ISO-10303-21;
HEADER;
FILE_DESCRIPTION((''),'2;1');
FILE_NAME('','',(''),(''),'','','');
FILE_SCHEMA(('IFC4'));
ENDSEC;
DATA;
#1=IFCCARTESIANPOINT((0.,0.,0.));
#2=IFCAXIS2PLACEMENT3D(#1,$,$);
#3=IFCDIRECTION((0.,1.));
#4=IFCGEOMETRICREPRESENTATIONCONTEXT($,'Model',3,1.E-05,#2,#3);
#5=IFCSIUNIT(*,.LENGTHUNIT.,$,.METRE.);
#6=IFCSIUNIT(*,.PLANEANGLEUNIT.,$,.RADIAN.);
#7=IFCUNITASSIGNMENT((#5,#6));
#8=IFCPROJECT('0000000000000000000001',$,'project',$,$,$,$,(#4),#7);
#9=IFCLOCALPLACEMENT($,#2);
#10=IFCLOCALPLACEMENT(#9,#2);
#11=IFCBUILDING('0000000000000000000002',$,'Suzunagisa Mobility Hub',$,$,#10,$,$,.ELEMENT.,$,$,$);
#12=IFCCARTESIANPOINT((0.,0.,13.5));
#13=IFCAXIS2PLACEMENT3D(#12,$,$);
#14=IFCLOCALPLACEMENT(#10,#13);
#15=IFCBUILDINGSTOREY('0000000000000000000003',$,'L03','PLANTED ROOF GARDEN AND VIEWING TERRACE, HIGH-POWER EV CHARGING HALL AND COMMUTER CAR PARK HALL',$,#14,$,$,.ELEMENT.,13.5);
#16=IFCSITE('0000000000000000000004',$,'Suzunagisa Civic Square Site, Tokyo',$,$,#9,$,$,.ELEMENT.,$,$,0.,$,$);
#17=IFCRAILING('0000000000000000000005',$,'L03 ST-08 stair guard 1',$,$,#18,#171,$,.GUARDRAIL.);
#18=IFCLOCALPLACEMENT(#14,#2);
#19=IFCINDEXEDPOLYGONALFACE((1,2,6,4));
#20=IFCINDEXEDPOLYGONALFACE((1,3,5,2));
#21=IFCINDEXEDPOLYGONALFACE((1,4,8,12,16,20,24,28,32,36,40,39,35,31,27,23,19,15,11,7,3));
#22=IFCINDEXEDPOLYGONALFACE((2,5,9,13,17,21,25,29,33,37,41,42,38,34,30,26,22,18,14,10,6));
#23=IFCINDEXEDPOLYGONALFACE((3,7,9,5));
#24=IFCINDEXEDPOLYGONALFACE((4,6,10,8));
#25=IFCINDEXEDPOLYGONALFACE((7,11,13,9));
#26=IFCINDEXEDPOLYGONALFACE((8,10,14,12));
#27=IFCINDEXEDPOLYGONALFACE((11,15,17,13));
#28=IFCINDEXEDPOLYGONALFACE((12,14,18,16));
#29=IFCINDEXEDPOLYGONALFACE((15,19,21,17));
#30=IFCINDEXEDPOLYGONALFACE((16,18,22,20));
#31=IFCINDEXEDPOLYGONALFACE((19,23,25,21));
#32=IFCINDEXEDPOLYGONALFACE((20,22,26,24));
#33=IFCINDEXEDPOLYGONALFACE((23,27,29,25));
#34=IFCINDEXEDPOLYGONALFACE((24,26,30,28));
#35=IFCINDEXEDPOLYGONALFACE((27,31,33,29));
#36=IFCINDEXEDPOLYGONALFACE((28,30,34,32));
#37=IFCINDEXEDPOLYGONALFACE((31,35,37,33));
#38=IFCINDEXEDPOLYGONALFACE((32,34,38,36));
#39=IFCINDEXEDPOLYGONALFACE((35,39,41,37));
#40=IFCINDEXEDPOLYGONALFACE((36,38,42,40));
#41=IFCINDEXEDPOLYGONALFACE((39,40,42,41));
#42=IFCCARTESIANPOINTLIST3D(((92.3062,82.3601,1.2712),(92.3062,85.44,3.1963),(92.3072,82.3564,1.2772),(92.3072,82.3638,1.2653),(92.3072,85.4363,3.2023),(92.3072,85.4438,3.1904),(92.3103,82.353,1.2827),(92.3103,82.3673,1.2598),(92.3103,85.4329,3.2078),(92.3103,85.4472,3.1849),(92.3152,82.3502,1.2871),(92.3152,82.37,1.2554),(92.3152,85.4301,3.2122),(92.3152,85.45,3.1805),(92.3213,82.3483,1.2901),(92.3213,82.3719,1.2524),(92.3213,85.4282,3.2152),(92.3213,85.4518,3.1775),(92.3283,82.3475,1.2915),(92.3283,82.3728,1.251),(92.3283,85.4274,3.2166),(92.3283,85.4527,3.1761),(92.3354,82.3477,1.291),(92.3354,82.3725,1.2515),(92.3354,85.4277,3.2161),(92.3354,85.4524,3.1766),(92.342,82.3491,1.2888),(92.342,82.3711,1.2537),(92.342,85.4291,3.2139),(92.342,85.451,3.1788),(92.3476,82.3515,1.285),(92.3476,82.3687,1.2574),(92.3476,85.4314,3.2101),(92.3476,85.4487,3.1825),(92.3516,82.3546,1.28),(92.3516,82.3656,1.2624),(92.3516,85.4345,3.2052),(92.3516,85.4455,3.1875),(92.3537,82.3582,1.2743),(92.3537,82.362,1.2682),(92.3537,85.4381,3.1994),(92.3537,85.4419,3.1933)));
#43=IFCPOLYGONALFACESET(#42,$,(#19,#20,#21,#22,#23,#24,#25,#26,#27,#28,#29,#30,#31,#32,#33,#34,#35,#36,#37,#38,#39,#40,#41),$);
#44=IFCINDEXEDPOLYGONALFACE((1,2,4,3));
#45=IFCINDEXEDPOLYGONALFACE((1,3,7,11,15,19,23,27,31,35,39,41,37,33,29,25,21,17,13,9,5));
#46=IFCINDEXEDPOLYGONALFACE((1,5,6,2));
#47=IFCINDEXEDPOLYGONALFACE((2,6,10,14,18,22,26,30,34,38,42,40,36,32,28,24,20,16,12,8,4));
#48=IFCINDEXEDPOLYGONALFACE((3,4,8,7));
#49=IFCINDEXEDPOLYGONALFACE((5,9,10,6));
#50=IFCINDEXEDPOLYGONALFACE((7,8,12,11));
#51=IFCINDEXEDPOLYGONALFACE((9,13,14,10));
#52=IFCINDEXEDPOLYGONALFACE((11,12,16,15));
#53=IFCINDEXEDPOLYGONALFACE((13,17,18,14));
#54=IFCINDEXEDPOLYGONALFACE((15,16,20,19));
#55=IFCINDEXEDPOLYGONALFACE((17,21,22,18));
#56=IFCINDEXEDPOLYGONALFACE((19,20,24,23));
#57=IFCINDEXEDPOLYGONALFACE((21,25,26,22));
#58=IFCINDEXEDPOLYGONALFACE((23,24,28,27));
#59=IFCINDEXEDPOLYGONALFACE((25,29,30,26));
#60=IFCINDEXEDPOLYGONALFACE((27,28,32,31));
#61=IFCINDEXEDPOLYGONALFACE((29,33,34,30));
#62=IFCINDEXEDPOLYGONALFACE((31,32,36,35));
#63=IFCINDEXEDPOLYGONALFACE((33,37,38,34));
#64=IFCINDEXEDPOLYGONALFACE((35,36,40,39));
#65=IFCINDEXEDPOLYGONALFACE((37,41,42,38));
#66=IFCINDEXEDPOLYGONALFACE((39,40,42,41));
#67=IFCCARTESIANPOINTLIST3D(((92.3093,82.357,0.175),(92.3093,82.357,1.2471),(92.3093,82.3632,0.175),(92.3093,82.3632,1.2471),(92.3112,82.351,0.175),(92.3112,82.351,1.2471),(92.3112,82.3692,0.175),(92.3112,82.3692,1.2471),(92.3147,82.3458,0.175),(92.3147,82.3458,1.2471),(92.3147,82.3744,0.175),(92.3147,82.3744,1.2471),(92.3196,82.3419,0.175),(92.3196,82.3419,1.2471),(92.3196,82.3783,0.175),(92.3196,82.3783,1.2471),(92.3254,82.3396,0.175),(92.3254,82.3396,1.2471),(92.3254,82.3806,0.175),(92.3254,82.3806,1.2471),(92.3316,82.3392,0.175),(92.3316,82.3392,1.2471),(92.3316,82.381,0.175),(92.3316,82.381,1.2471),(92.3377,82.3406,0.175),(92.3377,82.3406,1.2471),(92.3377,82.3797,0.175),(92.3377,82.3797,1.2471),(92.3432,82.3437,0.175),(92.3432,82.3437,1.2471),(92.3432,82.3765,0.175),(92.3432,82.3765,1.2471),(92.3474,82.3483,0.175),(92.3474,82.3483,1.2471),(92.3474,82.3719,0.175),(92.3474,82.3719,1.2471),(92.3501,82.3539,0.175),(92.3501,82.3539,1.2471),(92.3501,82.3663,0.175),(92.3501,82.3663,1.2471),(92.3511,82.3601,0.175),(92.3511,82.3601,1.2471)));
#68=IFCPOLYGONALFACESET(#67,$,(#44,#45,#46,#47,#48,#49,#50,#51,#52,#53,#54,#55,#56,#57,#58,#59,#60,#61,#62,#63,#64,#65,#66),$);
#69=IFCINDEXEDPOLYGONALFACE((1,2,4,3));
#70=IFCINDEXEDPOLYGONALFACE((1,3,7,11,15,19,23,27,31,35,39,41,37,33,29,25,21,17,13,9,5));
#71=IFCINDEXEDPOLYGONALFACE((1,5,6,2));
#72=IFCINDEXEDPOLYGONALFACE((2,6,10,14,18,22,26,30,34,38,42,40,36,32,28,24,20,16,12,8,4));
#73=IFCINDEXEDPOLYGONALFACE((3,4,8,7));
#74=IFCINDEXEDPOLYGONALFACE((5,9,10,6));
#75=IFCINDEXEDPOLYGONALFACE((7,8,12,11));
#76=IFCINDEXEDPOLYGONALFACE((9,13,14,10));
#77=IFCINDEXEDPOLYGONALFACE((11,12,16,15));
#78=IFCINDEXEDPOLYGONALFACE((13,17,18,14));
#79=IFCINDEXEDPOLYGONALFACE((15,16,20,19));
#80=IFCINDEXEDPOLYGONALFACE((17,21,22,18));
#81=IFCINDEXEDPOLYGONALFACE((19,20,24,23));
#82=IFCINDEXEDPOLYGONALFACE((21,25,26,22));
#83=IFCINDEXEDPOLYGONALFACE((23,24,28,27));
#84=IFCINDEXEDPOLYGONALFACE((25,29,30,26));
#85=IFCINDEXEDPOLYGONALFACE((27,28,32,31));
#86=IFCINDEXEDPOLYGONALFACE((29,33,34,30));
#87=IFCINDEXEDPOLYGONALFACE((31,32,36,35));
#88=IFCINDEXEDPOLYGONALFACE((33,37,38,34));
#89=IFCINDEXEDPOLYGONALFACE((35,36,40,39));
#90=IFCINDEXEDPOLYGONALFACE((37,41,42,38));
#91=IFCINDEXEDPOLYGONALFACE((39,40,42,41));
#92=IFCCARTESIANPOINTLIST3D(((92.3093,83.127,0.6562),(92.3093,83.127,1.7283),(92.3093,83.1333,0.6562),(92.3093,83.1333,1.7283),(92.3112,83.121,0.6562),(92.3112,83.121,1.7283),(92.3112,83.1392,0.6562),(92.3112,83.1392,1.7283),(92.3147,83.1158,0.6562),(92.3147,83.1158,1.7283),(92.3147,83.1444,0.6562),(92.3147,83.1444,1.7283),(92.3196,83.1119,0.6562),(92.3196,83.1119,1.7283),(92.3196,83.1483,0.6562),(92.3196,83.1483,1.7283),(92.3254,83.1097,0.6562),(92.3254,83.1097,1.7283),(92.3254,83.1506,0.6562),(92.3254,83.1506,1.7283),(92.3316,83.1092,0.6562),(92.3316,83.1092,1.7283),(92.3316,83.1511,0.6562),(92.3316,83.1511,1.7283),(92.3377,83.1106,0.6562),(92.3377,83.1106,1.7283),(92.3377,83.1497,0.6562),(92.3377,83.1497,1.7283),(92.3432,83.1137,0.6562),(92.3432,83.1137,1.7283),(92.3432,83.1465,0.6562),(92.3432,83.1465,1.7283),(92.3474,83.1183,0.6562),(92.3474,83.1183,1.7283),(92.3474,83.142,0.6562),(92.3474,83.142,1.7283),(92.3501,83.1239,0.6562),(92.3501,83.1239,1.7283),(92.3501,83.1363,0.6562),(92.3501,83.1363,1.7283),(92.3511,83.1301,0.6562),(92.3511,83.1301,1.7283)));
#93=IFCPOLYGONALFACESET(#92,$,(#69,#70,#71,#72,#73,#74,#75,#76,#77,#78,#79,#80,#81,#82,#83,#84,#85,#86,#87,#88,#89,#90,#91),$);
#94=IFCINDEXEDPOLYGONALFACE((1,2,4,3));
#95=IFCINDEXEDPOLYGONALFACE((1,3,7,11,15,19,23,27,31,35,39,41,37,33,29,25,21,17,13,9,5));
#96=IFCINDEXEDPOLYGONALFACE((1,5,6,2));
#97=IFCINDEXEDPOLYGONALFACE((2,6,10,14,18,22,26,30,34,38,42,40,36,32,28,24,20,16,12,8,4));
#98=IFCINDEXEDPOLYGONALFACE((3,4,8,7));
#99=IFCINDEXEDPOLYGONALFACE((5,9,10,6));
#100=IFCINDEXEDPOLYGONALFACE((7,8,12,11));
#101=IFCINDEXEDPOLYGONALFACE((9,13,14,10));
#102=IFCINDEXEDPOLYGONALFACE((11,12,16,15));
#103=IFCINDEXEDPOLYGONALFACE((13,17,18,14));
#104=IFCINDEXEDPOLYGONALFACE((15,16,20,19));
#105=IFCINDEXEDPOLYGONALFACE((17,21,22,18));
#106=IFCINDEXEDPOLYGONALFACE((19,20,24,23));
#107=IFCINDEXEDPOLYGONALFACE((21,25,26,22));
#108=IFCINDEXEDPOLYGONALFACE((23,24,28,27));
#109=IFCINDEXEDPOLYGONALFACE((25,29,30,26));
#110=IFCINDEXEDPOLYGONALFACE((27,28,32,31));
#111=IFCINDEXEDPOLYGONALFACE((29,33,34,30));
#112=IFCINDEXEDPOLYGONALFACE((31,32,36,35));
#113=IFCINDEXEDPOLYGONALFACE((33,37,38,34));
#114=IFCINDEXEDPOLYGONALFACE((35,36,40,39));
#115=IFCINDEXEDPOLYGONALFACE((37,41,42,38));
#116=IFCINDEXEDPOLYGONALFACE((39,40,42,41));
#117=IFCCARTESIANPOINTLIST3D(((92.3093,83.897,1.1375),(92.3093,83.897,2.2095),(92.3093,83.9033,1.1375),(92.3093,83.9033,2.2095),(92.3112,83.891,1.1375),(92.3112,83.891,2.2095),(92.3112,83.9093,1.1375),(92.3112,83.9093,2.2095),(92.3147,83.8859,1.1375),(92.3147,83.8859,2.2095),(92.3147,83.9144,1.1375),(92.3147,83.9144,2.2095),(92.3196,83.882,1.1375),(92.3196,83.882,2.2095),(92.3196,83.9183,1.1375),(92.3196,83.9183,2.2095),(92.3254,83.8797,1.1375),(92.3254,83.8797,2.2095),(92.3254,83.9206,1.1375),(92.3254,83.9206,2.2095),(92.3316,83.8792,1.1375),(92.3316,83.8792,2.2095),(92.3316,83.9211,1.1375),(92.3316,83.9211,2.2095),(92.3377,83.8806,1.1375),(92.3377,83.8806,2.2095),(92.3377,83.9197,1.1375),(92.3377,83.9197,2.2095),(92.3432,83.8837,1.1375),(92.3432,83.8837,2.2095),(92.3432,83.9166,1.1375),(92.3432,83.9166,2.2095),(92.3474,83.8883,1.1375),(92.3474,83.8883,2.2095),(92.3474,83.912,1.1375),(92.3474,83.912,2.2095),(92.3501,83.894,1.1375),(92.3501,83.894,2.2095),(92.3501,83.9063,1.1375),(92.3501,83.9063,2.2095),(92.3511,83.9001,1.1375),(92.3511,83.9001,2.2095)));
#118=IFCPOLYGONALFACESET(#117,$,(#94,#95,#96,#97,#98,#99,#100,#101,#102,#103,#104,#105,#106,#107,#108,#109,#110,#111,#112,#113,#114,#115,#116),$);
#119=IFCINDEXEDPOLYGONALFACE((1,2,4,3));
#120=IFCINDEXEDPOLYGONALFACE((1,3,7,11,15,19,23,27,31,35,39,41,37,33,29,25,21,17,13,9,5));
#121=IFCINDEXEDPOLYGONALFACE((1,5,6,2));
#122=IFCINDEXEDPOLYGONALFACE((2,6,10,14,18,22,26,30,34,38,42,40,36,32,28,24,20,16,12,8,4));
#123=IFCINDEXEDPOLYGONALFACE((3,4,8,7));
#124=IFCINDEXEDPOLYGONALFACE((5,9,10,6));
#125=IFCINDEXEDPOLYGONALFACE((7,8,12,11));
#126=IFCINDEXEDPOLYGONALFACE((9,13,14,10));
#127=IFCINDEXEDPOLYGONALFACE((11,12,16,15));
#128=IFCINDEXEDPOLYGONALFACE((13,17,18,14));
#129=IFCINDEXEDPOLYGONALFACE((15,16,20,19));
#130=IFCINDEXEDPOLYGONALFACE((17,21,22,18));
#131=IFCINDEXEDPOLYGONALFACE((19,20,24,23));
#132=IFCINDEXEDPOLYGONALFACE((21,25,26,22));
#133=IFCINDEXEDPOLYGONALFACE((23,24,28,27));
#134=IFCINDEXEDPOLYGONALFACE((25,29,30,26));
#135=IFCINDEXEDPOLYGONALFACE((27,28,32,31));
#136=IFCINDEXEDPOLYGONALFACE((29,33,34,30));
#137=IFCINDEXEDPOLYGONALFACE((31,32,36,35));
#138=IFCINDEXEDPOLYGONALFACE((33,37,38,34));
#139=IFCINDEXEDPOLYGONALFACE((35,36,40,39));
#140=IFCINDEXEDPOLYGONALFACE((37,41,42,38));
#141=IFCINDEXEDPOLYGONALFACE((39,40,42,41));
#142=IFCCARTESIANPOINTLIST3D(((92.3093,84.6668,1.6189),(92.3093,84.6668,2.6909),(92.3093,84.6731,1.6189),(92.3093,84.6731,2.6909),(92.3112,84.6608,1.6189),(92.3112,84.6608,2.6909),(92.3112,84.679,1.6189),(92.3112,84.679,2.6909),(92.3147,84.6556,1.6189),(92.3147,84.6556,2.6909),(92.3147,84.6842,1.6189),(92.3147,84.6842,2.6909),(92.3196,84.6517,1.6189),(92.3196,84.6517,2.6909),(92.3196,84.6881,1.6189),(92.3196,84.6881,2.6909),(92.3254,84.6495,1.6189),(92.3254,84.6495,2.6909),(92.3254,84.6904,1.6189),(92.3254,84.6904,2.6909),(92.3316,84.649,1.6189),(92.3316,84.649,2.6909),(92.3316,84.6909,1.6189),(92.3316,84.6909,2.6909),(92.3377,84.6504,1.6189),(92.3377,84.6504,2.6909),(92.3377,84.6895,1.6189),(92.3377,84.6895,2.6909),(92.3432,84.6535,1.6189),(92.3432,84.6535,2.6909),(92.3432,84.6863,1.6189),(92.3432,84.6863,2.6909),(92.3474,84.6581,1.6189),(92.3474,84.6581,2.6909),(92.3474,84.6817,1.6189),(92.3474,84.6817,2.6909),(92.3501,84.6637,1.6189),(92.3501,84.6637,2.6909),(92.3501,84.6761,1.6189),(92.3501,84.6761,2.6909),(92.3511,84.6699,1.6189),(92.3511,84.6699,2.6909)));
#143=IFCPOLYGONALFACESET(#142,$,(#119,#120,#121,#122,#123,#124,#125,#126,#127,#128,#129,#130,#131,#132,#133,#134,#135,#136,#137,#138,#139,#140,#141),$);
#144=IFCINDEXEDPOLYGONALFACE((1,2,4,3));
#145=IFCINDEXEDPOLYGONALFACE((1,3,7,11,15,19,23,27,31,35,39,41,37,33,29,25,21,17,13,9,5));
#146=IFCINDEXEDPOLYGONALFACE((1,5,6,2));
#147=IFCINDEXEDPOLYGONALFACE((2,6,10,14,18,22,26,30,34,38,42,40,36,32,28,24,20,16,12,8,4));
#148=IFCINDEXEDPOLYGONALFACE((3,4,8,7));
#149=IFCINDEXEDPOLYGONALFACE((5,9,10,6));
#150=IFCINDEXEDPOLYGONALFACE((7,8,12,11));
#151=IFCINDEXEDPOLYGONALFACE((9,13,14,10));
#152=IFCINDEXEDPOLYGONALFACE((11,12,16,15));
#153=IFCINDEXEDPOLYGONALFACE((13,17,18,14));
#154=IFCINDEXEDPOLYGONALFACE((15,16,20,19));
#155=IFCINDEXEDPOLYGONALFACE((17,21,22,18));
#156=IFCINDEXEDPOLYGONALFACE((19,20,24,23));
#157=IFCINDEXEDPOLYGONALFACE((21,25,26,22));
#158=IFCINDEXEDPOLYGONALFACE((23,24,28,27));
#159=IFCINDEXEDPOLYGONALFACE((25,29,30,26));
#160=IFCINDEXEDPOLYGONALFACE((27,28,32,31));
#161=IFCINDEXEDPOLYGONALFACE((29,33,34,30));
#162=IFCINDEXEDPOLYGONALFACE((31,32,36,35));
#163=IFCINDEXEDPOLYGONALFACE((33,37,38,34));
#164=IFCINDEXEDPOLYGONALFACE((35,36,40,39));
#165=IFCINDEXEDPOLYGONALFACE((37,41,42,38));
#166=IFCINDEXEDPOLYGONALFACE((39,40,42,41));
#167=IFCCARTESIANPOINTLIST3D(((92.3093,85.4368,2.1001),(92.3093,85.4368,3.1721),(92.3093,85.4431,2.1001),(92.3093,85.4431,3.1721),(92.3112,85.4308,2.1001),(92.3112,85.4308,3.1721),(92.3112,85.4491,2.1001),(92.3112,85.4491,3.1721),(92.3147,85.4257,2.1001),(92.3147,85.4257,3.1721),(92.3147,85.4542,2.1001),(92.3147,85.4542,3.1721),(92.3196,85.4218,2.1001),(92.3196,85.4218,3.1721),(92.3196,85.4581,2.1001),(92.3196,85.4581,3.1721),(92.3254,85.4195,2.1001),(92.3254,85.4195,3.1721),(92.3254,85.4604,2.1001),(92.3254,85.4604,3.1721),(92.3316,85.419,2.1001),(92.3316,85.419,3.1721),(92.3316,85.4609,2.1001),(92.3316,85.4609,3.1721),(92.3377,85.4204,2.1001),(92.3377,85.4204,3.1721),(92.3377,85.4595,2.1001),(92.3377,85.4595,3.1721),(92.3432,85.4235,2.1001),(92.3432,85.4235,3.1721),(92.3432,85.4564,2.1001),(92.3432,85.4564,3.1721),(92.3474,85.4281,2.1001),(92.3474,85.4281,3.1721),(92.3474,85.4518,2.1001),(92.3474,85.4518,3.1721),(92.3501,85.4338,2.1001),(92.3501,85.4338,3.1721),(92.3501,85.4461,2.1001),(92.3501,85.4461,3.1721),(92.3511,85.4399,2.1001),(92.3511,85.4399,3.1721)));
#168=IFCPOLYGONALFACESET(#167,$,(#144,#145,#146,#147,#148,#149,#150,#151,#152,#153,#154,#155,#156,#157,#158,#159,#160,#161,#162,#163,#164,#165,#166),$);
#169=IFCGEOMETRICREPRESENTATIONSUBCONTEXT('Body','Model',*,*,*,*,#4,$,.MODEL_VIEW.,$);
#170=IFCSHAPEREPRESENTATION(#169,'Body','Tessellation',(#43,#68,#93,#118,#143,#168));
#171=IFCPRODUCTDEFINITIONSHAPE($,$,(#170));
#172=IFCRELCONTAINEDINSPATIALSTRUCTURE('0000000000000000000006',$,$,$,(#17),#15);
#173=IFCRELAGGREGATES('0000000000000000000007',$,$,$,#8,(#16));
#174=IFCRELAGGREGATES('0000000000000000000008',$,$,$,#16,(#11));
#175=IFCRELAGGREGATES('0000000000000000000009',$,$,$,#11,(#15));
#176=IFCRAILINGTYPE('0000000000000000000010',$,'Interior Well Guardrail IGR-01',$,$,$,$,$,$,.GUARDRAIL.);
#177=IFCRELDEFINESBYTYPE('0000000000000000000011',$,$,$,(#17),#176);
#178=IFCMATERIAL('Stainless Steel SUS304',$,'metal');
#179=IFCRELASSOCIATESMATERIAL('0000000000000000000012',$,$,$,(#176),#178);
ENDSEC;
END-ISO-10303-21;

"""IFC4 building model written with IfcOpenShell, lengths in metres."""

from ifc_helpers import new_model, si_unit, direction, frame, origin, origin_2d, place, context, subcontext, project, spatial, circle, extrude, material, type_object, element, save


model = new_model("IFC4")

# Units and contexts
model_context = context("Model", 3, precision=1e-05, world=origin(), true_north=direction((0.0, 1.0)))
body_context = subcontext(model_context, "Body", "Model", "MODEL_VIEW")
ifc_project = project(units=[si_unit("LENGTHUNIT", "METRE"), si_unit("PLANEANGLEUNIT", "RADIAN")], contexts=[model_context])

# Site, building, storey
site_placement = place(None, origin())
site = spatial("IfcSite", under=ifc_project, at=site_placement, Name="Suzunagisa Civic Square Site, Tokyo", CompositionType="ELEMENT", RefElevation=0.0)
building_placement = place(site_placement, origin())
building = spatial("IfcBuilding", under=site, at=building_placement, Name="Suzunagisa Mobility Hub", CompositionType="ELEMENT")
storey_placement = place(building_placement, frame((0.0, 0.0, 13.5)))
storey = spatial("IfcBuildingStorey", under=building, at=storey_placement, Name="L03", Description="PLANTED ROOF GARDEN AND VIEWING TERRACE, HIGH-POWER EV CHARGING HALL AND COMMUTER CAR PARK HALL", CompositionType="ELEMENT", Elevation=13.5)

# Railing
ifc_material_1 = material(Name="Stainless Steel SUS304", Category="metal")
railing_type_1 = type_object("IfcRailingType", Name="Interior Well Guardrail IGR-01", PredefinedType="GUARDRAIL", material=ifc_material_1)
railing_1_placement = place(storey_placement, frame((92.3301, 82.3601, 0.175)))
element("IfcRailing", 1, at=railing_1_placement, inside=storey, type_object=railing_type_1, Name="L03 ST-08 stair guard 1", PredefinedType="GUARDRAIL", context=body_context, shape_type="SweptSolid", body=[
    extrude(circle(Radius=0.0239, at=origin_2d()), frame((0.0, 0.0, 1.0962), z_axis=(0.0, 0.847979, 0.530029), x_axis=(-1.0, 0.0, 0.0)), (0.0, 0.0, 1.0), 3.6321),
    extrude(circle(Radius=0.021, at=origin_2d()), origin(), (0.0, 0.0, 1.0), 1.072),
    extrude(circle(Radius=0.021, at=origin_2d()), frame((0.0, 0.77, 0.4812)), (0.0, 0.0, 1.0), 1.072),
    extrude(circle(Radius=0.021, at=origin_2d()), frame((0.0, 1.54, 0.9624)), (0.0, 0.0, 1.0), 1.072),
    extrude(circle(Radius=0.021, at=origin_2d()), frame((0.0, 2.3098, 1.4438)), (0.0, 0.0, 1.0), 1.072),
    extrude(circle(Radius=0.021, at=origin_2d()), frame((0.0, 3.0798, 1.925)), (0.0, 0.0, 1.0), 1.072),
])

save(model, "model.ifc")
